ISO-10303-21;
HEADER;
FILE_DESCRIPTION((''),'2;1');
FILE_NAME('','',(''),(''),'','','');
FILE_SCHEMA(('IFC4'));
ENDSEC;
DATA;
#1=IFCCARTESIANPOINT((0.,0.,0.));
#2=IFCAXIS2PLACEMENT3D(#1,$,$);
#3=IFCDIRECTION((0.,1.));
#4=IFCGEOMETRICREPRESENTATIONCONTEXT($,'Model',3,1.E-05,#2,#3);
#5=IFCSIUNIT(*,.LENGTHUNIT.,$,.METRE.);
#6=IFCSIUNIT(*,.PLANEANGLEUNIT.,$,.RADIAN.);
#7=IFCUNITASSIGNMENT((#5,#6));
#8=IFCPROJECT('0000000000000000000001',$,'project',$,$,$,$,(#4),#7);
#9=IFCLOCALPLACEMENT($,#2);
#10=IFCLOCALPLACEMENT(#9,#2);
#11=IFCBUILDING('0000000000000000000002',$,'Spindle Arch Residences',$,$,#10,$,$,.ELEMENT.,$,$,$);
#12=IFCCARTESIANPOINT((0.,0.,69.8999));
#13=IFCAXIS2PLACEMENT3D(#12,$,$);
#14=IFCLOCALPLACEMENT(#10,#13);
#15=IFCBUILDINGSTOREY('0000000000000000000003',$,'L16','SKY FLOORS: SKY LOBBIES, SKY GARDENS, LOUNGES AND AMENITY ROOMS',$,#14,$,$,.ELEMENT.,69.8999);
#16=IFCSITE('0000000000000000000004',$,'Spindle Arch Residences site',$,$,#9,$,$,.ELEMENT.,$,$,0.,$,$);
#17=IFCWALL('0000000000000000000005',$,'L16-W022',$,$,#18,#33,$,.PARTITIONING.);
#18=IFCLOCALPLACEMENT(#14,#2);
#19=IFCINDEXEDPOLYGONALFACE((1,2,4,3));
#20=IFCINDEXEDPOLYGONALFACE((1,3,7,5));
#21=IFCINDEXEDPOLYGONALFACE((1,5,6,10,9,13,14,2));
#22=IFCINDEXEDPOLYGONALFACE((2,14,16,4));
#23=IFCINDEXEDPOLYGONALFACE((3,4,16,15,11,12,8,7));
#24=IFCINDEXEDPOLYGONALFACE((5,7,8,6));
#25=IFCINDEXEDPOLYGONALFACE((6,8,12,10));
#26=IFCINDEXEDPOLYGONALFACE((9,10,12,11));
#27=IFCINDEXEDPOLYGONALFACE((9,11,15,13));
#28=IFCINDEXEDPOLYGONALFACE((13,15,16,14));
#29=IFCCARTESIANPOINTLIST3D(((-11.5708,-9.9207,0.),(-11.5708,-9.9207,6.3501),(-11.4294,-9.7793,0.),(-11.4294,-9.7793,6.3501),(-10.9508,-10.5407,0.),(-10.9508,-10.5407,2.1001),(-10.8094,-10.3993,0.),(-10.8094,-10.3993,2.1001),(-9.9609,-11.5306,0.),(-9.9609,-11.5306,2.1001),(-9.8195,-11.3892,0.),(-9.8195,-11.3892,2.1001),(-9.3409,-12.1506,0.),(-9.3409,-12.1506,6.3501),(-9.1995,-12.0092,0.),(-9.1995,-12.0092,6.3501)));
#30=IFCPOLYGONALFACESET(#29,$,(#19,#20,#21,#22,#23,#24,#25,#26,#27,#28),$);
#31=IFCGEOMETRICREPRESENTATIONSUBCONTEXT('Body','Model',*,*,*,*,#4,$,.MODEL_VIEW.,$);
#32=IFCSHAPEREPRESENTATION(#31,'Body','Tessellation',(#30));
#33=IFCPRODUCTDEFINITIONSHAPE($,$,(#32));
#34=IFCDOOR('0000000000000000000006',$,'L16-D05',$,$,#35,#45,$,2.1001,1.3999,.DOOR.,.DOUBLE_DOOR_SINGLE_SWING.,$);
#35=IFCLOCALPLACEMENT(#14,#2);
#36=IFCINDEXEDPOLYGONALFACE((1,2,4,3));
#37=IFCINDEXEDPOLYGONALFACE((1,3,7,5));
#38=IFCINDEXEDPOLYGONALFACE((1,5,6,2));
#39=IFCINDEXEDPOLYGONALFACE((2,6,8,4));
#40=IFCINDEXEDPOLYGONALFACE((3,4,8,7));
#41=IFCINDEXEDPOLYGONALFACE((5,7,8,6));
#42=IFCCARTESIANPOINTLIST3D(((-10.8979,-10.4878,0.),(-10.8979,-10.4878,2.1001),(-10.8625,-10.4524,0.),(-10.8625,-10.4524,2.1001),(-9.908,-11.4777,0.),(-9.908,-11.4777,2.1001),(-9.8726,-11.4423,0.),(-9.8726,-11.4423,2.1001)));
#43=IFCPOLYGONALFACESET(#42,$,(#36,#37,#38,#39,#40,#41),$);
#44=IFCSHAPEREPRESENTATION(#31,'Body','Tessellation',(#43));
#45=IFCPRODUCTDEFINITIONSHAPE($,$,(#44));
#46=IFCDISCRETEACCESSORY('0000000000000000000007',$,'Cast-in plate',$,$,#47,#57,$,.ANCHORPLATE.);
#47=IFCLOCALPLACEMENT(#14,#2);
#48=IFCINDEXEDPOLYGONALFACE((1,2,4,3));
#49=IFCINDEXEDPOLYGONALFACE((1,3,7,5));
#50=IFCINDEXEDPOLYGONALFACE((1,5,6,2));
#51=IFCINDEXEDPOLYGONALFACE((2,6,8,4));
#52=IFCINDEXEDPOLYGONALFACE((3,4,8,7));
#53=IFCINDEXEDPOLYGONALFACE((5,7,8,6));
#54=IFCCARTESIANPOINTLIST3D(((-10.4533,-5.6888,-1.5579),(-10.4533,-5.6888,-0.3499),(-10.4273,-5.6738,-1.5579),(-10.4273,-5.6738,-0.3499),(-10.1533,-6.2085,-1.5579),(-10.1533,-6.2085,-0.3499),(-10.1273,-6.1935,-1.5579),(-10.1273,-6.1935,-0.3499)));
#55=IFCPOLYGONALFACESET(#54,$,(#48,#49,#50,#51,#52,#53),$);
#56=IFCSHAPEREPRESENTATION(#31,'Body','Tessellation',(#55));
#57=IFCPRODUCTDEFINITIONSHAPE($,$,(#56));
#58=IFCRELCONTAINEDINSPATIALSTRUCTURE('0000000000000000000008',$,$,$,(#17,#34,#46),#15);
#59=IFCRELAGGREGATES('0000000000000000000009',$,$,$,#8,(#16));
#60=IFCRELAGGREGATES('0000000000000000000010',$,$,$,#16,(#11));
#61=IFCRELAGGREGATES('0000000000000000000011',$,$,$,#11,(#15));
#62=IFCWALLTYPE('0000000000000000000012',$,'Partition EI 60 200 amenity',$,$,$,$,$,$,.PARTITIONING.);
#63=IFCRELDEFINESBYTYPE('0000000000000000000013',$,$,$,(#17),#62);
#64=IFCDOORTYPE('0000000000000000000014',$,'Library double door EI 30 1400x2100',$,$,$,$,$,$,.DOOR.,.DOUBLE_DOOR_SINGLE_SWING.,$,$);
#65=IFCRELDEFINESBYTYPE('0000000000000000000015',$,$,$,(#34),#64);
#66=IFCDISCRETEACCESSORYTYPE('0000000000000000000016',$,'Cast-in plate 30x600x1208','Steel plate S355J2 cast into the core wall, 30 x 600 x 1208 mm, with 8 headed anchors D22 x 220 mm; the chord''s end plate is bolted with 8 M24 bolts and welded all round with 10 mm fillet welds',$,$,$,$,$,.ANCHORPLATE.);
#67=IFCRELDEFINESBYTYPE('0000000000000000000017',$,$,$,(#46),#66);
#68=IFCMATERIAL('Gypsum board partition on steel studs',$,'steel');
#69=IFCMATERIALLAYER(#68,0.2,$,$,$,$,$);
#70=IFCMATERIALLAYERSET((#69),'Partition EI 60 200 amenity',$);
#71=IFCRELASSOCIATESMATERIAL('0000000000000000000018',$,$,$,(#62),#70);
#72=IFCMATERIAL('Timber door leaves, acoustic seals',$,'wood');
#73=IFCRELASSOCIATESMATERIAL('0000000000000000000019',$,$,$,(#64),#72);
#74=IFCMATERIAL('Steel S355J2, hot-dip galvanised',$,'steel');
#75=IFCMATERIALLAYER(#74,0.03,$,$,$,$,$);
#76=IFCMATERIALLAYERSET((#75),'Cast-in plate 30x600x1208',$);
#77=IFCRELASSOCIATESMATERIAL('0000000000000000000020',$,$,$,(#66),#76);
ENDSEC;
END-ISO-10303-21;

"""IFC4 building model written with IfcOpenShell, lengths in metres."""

from ifc_helpers import new_model, si_unit, direction, frame, frame_2d, origin, origin_2d, place, context, subcontext, project, spatial, rectangle, extrude, material, layer, layer_set, type_object, element, fill, save


model = new_model("IFC4")

# Units and contexts
model_context = context("Model", 3, precision=1e-05, world=origin(), true_north=direction((0.0, 1.0)))
body_context = subcontext(model_context, "Body", "Model", "MODEL_VIEW")
ifc_project = project(units=[si_unit("LENGTHUNIT", "METRE"), si_unit("PLANEANGLEUNIT", "RADIAN")], contexts=[model_context])

# Site, building, storey
site_placement = place(None, origin())
site = spatial("IfcSite", under=ifc_project, at=site_placement, Name="Spindle Arch Residences site", CompositionType="ELEMENT", RefElevation=0.0)
building_placement = place(site_placement, origin())
building = spatial("IfcBuilding", under=site, at=building_placement, Name="Spindle Arch Residences", CompositionType="ELEMENT")
storey_placement = place(building_placement, frame((0.0, 0.0, 69.8999)))
storey = spatial("IfcBuildingStorey", under=building, at=storey_placement, Name="L16", Description="SKY FLOORS: SKY LOBBIES, SKY GARDENS, LOUNGES AND AMENITY ROOMS", CompositionType="ELEMENT", Elevation=69.8999)

# Shared definitions
ifc_material_1 = material(Name="Gypsum board partition on steel studs", Category="steel")
ifc_layer_1 = layer(ifc_material_1, 0.2)
ifc_layer_set_1 = layer_set([ifc_layer_1], Name="Partition EI 60 200 amenity")
wall_type_1 = type_object("IfcWallType", Name="Partition EI 60 200 amenity", PredefinedType="PARTITIONING", material=ifc_layer_set_1)

# Wall, opening, door
wall_1_placement = place(storey_placement, frame((-11.5, -9.8501, 0.0), z_axis=(0.0, 0.0, 1.0), x_axis=(0.707107, -0.707107, 0.0)))
wall_1 = element("IfcWall", 1, at=wall_1_placement, inside=storey, type_object=wall_type_1, Name="L16-W022", PredefinedType="PARTITIONING", context=body_context, shape_type="SweptSolid", body=[
    extrude(rectangle(XDim=3.1536, YDim=0.2, at=frame_2d((1.5767, 0.0))), origin(), (0.0, 0.0, 1.0), 6.3501),
])
opening_1_placement = place(wall_1_placement, frame((0.8767, 0.0, 0.0)))
opening_1 = element("IfcOpeningElement", 2, at=opening_1_placement, cuts=wall_1, PredefinedType="OPENING", context=body_context, shape_type="SweptSolid", body=[
    extrude(rectangle(XDim=1.3999, YDim=2.1001, at=frame_2d((0.7, 1.05))), frame((0.0, 0.1099, 0.0), z_axis=(0.0, -1.0, 0.0), x_axis=(1.0, 0.0, 0.0)), (0.0, 0.0, 1.0), 0.22),
])
ifc_material_2 = material(Name="Timber door leaves, acoustic seals", Category="wood")
door_type_1 = type_object("IfcDoorType", Name="Library double door EI 30 1400x2100", OperationType="DOUBLE_DOOR_SINGLE_SWING", PredefinedType="DOOR", material=ifc_material_2)
door_1_placement = place(opening_1_placement, origin())
door_1 = element("IfcDoor", 3, at=door_1_placement, inside=storey, type_object=door_type_1, Name="L16-D05", OperationType="DOUBLE_DOOR_SINGLE_SWING", OverallHeight=2.1001, OverallWidth=1.3999, PredefinedType="DOOR", context=body_context, shape_type="SweptSolid", body=[
    extrude(rectangle(XDim=1.3999, YDim=2.1001, at=frame_2d((0.7, 1.05))), frame((0.0, 0.0249, 0.0), z_axis=(0.0, -1.0, 0.0), x_axis=(1.0, 0.0, 0.0)), (0.0, 0.0, 1.0), 0.05),
])
fill(opening_1, door_1)

# Discrete accessory
ifc_material_3 = material(Name="Steel S355J2, hot-dip galvanised", Category="steel")
ifc_layer_2 = layer(ifc_material_3, 0.03)
ifc_layer_set_2 = layer_set([ifc_layer_2], Name="Cast-in plate 30x600x1208")
discrete_accessory_type = type_object("IfcDiscreteAccessoryType", Name="Cast-in plate 30x600x1208", Description="Steel plate S355J2 cast into the core wall, 30 x 600 x 1208 mm, with 8 headed anchors D22 x 220 mm; the chord's end plate is bolted with 8 M24 bolts and welded all round with 10 mm fillet welds", PredefinedType="ANCHORPLATE", material=ifc_layer_set_2)
discrete_accessory_placement = place(storey_placement, frame((-10.2903, -5.9412, -1.5579), z_axis=(0.0, 0.0, 1.0), x_axis=(-0.866025, -0.5, 0.0)))
element("IfcDiscreteAccessory", 4, at=discrete_accessory_placement, inside=storey, type_object=discrete_accessory_type, Name="Cast-in plate", PredefinedType="ANCHORPLATE", context=body_context, shape_type="SweptSolid", body=[
    extrude(rectangle(XDim=0.03, YDim=0.6001, at=origin_2d()), origin(), (0.0, 0.0, 1.0), 1.208),
])

save(model, "model.ifc")
